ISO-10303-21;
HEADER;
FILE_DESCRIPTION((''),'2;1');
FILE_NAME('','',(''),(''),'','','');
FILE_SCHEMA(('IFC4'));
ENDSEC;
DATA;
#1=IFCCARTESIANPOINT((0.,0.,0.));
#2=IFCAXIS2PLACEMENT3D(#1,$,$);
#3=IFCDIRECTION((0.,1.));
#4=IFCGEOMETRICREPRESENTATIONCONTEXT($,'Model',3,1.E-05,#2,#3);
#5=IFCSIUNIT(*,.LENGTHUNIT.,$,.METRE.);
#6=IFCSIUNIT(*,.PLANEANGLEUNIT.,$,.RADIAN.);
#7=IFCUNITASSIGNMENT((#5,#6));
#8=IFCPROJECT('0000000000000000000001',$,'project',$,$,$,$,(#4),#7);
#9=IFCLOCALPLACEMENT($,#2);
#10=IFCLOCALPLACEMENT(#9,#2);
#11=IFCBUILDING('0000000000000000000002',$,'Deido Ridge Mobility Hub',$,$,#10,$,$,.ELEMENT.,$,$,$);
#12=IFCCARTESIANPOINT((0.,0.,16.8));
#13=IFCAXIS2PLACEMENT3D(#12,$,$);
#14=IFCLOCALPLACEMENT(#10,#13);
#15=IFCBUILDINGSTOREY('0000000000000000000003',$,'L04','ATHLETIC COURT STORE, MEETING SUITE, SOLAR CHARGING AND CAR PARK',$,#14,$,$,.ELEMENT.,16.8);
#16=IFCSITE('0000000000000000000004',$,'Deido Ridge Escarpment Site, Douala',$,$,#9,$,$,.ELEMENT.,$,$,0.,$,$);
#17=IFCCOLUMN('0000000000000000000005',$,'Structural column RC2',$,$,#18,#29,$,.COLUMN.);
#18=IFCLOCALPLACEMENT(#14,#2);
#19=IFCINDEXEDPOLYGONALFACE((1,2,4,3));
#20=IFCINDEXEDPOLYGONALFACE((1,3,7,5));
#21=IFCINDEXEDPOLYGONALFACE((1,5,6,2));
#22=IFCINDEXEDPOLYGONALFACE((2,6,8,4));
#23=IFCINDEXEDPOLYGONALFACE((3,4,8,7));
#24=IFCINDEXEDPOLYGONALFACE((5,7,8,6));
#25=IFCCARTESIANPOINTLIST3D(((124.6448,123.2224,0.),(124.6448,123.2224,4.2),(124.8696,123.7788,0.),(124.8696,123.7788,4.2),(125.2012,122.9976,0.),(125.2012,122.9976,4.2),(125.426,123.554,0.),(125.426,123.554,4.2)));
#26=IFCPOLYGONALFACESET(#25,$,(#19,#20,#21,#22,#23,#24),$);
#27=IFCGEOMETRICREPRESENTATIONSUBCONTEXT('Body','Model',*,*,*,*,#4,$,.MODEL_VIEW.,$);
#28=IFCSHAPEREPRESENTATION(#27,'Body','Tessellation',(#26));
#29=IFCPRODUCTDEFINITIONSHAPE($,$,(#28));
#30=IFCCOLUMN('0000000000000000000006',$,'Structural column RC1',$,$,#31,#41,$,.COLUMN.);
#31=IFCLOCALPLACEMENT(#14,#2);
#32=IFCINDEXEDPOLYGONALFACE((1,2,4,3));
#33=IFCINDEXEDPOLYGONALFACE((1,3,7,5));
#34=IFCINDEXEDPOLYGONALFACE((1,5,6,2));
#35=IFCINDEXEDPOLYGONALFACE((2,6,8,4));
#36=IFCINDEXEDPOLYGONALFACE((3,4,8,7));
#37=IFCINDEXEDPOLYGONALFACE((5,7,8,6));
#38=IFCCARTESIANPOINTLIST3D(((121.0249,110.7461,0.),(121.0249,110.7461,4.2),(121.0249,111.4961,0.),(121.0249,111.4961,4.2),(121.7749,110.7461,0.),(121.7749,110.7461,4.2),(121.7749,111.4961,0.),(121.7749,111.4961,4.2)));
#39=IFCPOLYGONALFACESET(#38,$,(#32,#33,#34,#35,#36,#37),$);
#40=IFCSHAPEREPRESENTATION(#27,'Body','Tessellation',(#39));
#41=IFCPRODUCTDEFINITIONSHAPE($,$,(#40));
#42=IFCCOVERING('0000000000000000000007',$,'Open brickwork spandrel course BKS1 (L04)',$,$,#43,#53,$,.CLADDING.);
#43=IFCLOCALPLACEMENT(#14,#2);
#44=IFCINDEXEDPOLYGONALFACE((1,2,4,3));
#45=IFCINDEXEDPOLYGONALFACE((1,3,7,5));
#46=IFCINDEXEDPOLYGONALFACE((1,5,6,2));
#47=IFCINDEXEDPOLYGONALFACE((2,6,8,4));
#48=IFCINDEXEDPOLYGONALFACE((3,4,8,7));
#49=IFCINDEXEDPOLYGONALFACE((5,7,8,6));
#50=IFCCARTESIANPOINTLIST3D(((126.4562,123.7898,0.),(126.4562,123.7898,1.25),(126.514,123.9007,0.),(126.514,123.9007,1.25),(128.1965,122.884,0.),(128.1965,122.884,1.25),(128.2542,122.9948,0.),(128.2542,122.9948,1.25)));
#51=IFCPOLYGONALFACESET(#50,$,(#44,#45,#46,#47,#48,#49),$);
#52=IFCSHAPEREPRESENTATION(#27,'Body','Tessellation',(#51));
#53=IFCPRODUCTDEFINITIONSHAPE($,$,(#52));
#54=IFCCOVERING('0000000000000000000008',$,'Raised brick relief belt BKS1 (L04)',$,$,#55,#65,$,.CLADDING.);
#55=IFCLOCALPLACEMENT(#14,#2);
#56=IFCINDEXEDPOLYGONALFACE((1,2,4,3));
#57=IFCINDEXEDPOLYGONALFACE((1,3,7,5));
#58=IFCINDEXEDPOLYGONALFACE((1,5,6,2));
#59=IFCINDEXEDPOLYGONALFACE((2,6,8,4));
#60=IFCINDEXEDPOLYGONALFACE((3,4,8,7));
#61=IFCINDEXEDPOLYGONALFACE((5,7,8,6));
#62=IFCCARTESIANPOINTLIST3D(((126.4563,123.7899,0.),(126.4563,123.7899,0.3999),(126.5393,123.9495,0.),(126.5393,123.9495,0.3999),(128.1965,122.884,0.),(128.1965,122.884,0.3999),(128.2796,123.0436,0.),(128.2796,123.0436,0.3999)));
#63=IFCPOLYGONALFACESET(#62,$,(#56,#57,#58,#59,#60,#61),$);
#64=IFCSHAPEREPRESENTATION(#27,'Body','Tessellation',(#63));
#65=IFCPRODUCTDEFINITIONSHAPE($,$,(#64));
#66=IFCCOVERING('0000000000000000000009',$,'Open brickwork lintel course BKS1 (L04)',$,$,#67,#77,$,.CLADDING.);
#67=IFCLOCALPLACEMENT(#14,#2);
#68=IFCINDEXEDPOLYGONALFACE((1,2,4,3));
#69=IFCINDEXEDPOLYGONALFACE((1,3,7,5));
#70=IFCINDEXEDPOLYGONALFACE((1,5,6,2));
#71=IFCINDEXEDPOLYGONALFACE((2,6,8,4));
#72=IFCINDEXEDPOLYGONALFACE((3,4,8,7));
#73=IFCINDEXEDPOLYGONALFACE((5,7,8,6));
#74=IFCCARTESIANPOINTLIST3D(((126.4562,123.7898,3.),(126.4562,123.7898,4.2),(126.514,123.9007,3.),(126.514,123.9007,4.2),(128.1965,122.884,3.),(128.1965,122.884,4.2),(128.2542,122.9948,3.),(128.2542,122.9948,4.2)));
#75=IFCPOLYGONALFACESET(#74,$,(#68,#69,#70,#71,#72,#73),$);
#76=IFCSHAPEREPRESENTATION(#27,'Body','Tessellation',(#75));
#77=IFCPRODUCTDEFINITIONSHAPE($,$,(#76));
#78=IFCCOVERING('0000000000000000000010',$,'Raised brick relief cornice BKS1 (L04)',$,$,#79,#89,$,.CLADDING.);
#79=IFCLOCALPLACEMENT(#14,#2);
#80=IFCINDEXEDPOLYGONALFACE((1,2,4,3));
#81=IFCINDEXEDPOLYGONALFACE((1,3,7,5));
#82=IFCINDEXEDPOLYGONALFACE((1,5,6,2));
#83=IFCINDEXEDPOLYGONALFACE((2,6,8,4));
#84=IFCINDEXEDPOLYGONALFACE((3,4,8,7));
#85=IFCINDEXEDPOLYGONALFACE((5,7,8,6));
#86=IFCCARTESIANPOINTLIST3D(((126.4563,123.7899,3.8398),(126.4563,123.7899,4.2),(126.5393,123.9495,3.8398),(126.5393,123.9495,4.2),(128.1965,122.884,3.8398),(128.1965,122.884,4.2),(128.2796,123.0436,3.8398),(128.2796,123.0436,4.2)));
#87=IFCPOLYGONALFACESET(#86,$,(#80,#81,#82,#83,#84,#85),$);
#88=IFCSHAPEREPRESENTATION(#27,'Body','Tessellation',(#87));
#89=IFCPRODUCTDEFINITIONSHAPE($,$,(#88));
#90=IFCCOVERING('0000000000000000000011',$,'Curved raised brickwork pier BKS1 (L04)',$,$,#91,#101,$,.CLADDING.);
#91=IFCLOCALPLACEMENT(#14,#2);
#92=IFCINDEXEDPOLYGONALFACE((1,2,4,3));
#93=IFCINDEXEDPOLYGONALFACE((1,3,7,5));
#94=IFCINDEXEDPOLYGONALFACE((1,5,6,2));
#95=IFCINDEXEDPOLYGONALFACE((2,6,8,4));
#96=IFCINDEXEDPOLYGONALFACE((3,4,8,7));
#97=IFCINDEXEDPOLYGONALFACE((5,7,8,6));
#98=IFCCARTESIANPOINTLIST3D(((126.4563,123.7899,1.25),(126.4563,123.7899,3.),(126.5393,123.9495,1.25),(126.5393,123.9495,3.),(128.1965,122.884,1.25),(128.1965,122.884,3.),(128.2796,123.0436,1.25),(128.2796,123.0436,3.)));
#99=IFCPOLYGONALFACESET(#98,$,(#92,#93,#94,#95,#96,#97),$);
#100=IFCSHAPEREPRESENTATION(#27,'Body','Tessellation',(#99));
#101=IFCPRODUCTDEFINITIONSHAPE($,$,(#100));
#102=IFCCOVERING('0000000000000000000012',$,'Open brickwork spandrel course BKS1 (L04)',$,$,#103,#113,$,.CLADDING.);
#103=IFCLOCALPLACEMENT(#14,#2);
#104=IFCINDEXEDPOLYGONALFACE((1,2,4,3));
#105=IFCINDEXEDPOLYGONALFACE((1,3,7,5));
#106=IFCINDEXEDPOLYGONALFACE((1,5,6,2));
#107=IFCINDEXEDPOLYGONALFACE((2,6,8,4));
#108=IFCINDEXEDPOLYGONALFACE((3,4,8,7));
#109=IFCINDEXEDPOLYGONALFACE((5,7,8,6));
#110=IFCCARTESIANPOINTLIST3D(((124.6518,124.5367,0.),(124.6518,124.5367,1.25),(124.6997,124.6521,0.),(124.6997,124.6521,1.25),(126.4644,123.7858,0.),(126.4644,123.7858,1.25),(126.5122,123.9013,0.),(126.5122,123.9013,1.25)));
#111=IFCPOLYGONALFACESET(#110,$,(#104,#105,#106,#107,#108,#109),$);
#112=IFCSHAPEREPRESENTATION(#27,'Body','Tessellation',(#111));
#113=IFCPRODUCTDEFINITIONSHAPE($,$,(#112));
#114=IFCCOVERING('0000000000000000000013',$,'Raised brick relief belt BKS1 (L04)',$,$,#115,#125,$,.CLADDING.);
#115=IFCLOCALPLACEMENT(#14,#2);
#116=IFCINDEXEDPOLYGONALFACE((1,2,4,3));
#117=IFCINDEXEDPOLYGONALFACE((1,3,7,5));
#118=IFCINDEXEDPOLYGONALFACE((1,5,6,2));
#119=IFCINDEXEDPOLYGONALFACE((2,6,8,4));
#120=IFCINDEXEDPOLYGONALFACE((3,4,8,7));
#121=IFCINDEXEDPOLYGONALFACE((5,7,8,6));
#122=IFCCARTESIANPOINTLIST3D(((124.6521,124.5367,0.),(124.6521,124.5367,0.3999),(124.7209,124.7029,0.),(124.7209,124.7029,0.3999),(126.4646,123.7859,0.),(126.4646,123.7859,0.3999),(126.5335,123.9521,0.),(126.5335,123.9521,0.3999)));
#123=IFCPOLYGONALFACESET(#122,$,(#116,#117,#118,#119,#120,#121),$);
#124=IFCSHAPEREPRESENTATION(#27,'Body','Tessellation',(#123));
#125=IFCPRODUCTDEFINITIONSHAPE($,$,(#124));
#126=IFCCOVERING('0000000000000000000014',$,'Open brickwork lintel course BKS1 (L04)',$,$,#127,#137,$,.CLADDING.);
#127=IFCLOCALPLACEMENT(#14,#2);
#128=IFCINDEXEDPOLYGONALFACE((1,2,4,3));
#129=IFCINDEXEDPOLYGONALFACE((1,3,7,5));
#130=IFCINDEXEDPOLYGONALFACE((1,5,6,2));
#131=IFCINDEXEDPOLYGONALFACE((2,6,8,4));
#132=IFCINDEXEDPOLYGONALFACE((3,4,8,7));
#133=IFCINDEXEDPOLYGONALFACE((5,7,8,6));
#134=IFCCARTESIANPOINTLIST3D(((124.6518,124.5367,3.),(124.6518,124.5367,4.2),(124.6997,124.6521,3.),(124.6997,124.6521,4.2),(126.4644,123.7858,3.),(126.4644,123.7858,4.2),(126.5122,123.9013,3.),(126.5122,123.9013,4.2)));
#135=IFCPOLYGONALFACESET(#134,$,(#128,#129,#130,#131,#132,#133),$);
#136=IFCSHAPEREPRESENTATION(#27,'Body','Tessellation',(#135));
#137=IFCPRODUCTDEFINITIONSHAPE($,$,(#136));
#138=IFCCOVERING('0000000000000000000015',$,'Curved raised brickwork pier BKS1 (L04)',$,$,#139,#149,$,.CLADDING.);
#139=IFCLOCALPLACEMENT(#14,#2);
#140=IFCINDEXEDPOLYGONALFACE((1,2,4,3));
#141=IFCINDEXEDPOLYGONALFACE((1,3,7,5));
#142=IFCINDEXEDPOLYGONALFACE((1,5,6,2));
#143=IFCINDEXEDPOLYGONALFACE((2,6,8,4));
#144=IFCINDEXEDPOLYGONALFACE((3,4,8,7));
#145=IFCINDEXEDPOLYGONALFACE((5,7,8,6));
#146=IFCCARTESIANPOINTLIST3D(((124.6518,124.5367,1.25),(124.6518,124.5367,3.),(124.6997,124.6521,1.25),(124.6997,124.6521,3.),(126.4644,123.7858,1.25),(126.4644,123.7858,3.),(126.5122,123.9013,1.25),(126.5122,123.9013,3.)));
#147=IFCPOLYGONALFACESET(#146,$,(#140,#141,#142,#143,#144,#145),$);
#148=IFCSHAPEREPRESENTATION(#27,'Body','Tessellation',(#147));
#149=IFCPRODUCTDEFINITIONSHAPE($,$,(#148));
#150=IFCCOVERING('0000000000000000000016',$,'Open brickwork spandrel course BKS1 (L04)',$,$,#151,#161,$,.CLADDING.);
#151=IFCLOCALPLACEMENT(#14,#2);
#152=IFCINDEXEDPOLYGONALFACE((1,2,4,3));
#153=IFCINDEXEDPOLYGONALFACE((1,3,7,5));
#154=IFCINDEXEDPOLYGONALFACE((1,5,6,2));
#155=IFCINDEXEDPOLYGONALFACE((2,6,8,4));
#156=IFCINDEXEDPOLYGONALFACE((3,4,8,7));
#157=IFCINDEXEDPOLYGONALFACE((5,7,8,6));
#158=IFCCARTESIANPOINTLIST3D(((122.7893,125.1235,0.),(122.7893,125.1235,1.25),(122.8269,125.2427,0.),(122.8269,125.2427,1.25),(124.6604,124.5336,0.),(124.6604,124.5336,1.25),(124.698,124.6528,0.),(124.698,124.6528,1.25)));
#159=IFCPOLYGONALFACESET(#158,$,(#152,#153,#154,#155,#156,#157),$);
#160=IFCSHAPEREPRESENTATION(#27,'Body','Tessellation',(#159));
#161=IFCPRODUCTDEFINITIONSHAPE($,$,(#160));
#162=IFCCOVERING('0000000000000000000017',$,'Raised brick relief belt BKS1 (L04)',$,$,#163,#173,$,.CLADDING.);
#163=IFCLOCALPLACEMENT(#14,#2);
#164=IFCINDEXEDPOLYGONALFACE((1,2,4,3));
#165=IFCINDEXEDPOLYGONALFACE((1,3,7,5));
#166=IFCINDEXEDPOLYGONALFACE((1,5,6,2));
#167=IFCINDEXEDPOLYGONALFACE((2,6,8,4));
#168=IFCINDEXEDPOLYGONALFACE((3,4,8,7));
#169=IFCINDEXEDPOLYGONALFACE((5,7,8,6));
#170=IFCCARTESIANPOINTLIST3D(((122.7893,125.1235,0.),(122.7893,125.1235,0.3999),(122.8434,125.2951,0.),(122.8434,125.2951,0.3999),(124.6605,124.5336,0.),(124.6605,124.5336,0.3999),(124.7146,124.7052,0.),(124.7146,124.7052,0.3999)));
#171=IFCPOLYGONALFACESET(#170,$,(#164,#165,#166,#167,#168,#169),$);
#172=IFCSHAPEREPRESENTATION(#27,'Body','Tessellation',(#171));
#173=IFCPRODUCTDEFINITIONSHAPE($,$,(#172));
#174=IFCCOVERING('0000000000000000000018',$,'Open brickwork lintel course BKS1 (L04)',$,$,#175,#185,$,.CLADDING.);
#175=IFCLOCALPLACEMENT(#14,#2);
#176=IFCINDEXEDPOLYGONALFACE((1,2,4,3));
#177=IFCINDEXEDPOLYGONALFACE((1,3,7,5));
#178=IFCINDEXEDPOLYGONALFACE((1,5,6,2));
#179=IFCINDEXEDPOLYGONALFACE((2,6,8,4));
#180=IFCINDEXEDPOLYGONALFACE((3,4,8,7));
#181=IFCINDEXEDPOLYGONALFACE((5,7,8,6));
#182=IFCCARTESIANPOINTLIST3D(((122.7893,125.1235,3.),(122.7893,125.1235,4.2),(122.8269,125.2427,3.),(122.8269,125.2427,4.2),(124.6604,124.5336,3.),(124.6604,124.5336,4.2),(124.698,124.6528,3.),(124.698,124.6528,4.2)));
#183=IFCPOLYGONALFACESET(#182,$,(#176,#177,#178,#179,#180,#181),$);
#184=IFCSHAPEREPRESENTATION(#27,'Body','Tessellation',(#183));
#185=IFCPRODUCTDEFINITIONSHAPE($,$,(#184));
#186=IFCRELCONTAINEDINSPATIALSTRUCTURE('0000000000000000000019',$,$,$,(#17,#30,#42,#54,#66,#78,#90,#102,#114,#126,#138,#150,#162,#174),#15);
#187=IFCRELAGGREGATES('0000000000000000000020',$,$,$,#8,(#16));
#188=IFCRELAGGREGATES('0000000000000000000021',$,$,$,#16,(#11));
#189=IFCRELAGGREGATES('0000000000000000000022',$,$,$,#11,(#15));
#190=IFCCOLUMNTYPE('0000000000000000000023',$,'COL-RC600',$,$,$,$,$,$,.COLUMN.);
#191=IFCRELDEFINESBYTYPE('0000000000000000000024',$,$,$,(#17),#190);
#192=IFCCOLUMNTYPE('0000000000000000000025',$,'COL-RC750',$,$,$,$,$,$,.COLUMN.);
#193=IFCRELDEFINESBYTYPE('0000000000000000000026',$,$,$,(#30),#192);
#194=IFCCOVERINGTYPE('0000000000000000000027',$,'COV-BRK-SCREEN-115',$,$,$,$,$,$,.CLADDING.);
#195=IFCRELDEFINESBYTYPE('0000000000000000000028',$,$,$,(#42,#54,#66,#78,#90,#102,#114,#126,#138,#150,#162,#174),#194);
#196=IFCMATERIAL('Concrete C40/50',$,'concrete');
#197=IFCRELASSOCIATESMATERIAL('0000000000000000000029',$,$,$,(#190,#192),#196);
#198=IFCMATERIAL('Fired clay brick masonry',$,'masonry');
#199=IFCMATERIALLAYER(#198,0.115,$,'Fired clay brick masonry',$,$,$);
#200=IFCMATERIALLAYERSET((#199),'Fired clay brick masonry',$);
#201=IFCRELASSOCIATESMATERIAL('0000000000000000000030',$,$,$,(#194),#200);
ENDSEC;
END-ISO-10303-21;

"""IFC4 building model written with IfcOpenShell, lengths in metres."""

from ifc_helpers import new_model, si_unit, direction, frame, origin, origin_2d, place, context, subcontext, project, spatial, rectangle, extrude, material, layer, layer_set, material_profile, profile_set, type_object, element, save


model = new_model("IFC4")

# Units and contexts
model_context = context("Model", 3, precision=1e-05, world=origin(), true_north=direction((0.0, 1.0)))
body_context = subcontext(model_context, "Body", "Model", "MODEL_VIEW")
ifc_project = project(units=[si_unit("LENGTHUNIT", "METRE"), si_unit("PLANEANGLEUNIT", "RADIAN")], contexts=[model_context])

# Site, building, storey
site_placement = place(None, origin())
site = spatial("IfcSite", under=ifc_project, at=site_placement, Name="Deido Ridge Escarpment Site, Douala", CompositionType="ELEMENT", RefElevation=0.0)
building_placement = place(site_placement, origin())
building = spatial("IfcBuilding", under=site, at=building_placement, Name="Deido Ridge Mobility Hub", CompositionType="ELEMENT")
storey_placement = place(building_placement, frame((0.0, 0.0, 16.8)))
storey = spatial("IfcBuildingStorey", under=building, at=storey_placement, Name="L04", Description="ATHLETIC COURT STORE, MEETING SUITE, SOLAR CHARGING AND CAR PARK", CompositionType="ELEMENT", Elevation=16.8)

# Columns
ifc_material_1 = material(Name="Concrete C40/50", Category="concrete")
ifc_material_profile_1 = material_profile(ifc_material_1, rectangle(XDim=0.6001, YDim=0.6001, at=origin_2d()), Name="RC COL 600x600")
ifc_profile_set_1 = profile_set([ifc_material_profile_1], Name="Concrete C40/50")
column_type_1 = type_object("IfcColumnType", Name="COL-RC600", PredefinedType="COLUMN", material=ifc_profile_set_1)
column_1_placement = place(storey_placement, frame((125.0354, 123.3882, 0.0), z_axis=(0.0, 0.0, 1.0), x_axis=(0.374607, 0.927184, 0.0)))
element("IfcColumn", 1, at=column_1_placement, inside=storey, type_object=column_type_1, Name="Structural column RC2", PredefinedType="COLUMN", context=body_context, shape_type="SweptSolid", body=[
    extrude(rectangle(XDim=0.6001, YDim=0.6001, at=origin_2d()), origin(), (0.0, 0.0, 1.0), 4.2),
])
ifc_material_profile_2 = material_profile(ifc_material_1, rectangle(XDim=0.75, YDim=0.75, at=origin_2d()), Name="RC COL 750x750")
ifc_profile_set_2 = profile_set([ifc_material_profile_2], Name="Concrete C40/50")
column_type_2 = type_object("IfcColumnType", Name="COL-RC750", PredefinedType="COLUMN", material=ifc_profile_set_2)
column_2_placement = place(storey_placement, frame((121.3999, 111.1211, 0.0), z_axis=(0.0, 0.0, 1.0), x_axis=(1.0, 0.0, 0.0)))
element("IfcColumn", 2, at=column_2_placement, inside=storey, type_object=column_type_2, Name="Structural column RC1", PredefinedType="COLUMN", context=body_context, shape_type="SweptSolid", body=[
    extrude(rectangle(XDim=0.75, YDim=0.75, at=origin_2d()), origin(), (0.0, 0.0, 1.0), 4.2),
])

# Coverings
ifc_material_2 = material(Name="Fired clay brick masonry", Category="masonry")
ifc_layer = layer(ifc_material_2, 0.115, Name="Fired clay brick masonry")
ifc_layer_set = layer_set([ifc_layer], Name="Fired clay brick masonry")
covering_type = type_object("IfcCoveringType", Name="COV-BRK-SCREEN-115", PredefinedType="CLADDING", material=ifc_layer_set)
covering_1_placement = place(storey_placement, frame((127.3552, 123.3923, 0.0), z_axis=(0.0, 0.0, 1.0), x_axis=(-0.887019, 0.461733, 0.0)))
element("IfcCovering", 3, at=covering_1_placement, inside=storey, type_object=covering_type, Name="Open brickwork spandrel course BKS1 (L04)", PredefinedType="CLADDING", context=body_context, shape_type="SweptSolid", body=[
    extrude(rectangle(XDim=1.9619, YDim=0.125, at=origin_2d()), origin(), (0.0, 0.0, 1.0), 1.25),
])
covering_2_placement = place(storey_placement, frame((127.3679, 123.4167, 0.0), z_axis=(0.0, 0.0, 1.0), x_axis=(-0.887019, 0.461733, 0.0)))
element("IfcCovering", 4, at=covering_2_placement, inside=storey, type_object=covering_type, Name="Raised brick relief belt BKS1 (L04)", PredefinedType="CLADDING", context=body_context, shape_type="SweptSolid", body=[
    extrude(rectangle(XDim=1.9619, YDim=0.1799, at=origin_2d()), origin(), (0.0, 0.0, 1.0), 0.3999),
])
covering_3_placement = place(storey_placement, frame((127.3552, 123.3923, 3.0), z_axis=(0.0, 0.0, 1.0), x_axis=(-0.887019, 0.461733, 0.0)))
element("IfcCovering", 5, at=covering_3_placement, inside=storey, type_object=covering_type, Name="Open brickwork lintel course BKS1 (L04)", PredefinedType="CLADDING", context=body_context, shape_type="SweptSolid", body=[
    extrude(rectangle(XDim=1.9619, YDim=0.125, at=origin_2d()), origin(), (0.0, 0.0, 1.0), 1.2),
])
covering_4_placement = place(storey_placement, frame((127.3679, 123.4167, 3.8398), z_axis=(0.0, 0.0, 1.0), x_axis=(-0.887019, 0.461733, 0.0)))
element("IfcCovering", 6, at=covering_4_placement, inside=storey, type_object=covering_type, Name="Raised brick relief cornice BKS1 (L04)", PredefinedType="CLADDING", context=body_context, shape_type="SweptSolid", body=[
    extrude(rectangle(XDim=1.9619, YDim=0.1799, at=origin_2d()), origin(), (0.0, 0.0, 1.0), 0.3601),
])
covering_5_placement = place(storey_placement, frame((127.3679, 123.4167, 1.25), z_axis=(0.0, 0.0, 1.0), x_axis=(-0.887019, 0.461733, 0.0)))
element("IfcCovering", 7, at=covering_5_placement, inside=storey, type_object=covering_type, Name="Curved raised brickwork pier BKS1 (L04)", PredefinedType="CLADDING", context=body_context, shape_type="SweptSolid", body=[
    extrude(rectangle(XDim=1.9619, YDim=0.1799, at=origin_2d()), origin(), (0.0, 0.0, 1.0), 1.75),
])
covering_6_placement = place(storey_placement, frame((125.582, 124.219, 0.0), z_axis=(0.0, 0.0, 1.0), x_axis=(-0.923873, 0.3827, 0.0)))
element("IfcCovering", 8, at=covering_6_placement, inside=storey, type_object=covering_type, Name="Open brickwork spandrel course BKS1 (L04)", PredefinedType="CLADDING", context=body_context, shape_type="SweptSolid", body=[
    extrude(rectangle(XDim=1.9619, YDim=0.125, at=origin_2d()), origin(), (0.0, 0.0, 1.0), 1.25),
])
covering_7_placement = place(storey_placement, frame((125.5928, 124.2444, 0.0), z_axis=(0.0, 0.0, 1.0), x_axis=(-0.923873, 0.3827, 0.0)))
element("IfcCovering", 9, at=covering_7_placement, inside=storey, type_object=covering_type, Name="Raised brick relief belt BKS1 (L04)", PredefinedType="CLADDING", context=body_context, shape_type="SweptSolid", body=[
    extrude(rectangle(XDim=1.9619, YDim=0.1799, at=origin_2d()), origin(), (0.0, 0.0, 1.0), 0.3999),
])
covering_8_placement = place(storey_placement, frame((125.582, 124.219, 3.0), z_axis=(0.0, 0.0, 1.0), x_axis=(-0.923873, 0.3827, 0.0)))
element("IfcCovering", 10, at=covering_8_placement, inside=storey, type_object=covering_type, Name="Open brickwork lintel course BKS1 (L04)", PredefinedType="CLADDING", context=body_context, shape_type="SweptSolid", body=[
    extrude(rectangle(XDim=1.9619, YDim=0.125, at=origin_2d()), origin(), (0.0, 0.0, 1.0), 1.2),
])
covering_9_placement = place(storey_placement, frame((125.582, 124.219, 1.25), z_axis=(0.0, 0.0, 1.0), x_axis=(-0.923873, 0.3827, 0.0)))
element("IfcCovering", 11, at=covering_9_placement, inside=storey, type_object=covering_type, Name="Curved raised brickwork pier BKS1 (L04)", PredefinedType="CLADDING", context=body_context, shape_type="SweptSolid", body=[
    extrude(rectangle(XDim=1.9619, YDim=0.125, at=origin_2d()), origin(), (0.0, 0.0, 1.0), 1.75),
])
covering_10_placement = place(storey_placement, frame((123.7437, 124.8882, 0.0), z_axis=(0.0, 0.0, 1.0), x_axis=(-0.953727, 0.300673, 0.0)))
element("IfcCovering", 12, at=covering_10_placement, inside=storey, type_object=covering_type, Name="Open brickwork spandrel course BKS1 (L04)", PredefinedType="CLADDING", context=body_context, shape_type="SweptSolid", body=[
    extrude(rectangle(XDim=1.9619, YDim=0.125, at=origin_2d()), origin(), (0.0, 0.0, 1.0), 1.25),
])
covering_11_placement = place(storey_placement, frame((123.752, 124.9143, 0.0), z_axis=(0.0, 0.0, 1.0), x_axis=(-0.953727, 0.300673, 0.0)))
element("IfcCovering", 13, at=covering_11_placement, inside=storey, type_object=covering_type, Name="Raised brick relief belt BKS1 (L04)", PredefinedType="CLADDING", context=body_context, shape_type="SweptSolid", body=[
    extrude(rectangle(XDim=1.9619, YDim=0.1799, at=origin_2d()), origin(), (0.0, 0.0, 1.0), 0.3999),
])
covering_12_placement = place(storey_placement, frame((123.7437, 124.8882, 3.0), z_axis=(0.0, 0.0, 1.0), x_axis=(-0.953727, 0.300673, 0.0)))
element("IfcCovering", 14, at=covering_12_placement, inside=storey, type_object=covering_type, Name="Open brickwork lintel course BKS1 (L04)", PredefinedType="CLADDING", context=body_context, shape_type="SweptSolid", body=[
    extrude(rectangle(XDim=1.9619, YDim=0.125, at=origin_2d()), origin(), (0.0, 0.0, 1.0), 1.2),
])

save(model, "model.ifc")
